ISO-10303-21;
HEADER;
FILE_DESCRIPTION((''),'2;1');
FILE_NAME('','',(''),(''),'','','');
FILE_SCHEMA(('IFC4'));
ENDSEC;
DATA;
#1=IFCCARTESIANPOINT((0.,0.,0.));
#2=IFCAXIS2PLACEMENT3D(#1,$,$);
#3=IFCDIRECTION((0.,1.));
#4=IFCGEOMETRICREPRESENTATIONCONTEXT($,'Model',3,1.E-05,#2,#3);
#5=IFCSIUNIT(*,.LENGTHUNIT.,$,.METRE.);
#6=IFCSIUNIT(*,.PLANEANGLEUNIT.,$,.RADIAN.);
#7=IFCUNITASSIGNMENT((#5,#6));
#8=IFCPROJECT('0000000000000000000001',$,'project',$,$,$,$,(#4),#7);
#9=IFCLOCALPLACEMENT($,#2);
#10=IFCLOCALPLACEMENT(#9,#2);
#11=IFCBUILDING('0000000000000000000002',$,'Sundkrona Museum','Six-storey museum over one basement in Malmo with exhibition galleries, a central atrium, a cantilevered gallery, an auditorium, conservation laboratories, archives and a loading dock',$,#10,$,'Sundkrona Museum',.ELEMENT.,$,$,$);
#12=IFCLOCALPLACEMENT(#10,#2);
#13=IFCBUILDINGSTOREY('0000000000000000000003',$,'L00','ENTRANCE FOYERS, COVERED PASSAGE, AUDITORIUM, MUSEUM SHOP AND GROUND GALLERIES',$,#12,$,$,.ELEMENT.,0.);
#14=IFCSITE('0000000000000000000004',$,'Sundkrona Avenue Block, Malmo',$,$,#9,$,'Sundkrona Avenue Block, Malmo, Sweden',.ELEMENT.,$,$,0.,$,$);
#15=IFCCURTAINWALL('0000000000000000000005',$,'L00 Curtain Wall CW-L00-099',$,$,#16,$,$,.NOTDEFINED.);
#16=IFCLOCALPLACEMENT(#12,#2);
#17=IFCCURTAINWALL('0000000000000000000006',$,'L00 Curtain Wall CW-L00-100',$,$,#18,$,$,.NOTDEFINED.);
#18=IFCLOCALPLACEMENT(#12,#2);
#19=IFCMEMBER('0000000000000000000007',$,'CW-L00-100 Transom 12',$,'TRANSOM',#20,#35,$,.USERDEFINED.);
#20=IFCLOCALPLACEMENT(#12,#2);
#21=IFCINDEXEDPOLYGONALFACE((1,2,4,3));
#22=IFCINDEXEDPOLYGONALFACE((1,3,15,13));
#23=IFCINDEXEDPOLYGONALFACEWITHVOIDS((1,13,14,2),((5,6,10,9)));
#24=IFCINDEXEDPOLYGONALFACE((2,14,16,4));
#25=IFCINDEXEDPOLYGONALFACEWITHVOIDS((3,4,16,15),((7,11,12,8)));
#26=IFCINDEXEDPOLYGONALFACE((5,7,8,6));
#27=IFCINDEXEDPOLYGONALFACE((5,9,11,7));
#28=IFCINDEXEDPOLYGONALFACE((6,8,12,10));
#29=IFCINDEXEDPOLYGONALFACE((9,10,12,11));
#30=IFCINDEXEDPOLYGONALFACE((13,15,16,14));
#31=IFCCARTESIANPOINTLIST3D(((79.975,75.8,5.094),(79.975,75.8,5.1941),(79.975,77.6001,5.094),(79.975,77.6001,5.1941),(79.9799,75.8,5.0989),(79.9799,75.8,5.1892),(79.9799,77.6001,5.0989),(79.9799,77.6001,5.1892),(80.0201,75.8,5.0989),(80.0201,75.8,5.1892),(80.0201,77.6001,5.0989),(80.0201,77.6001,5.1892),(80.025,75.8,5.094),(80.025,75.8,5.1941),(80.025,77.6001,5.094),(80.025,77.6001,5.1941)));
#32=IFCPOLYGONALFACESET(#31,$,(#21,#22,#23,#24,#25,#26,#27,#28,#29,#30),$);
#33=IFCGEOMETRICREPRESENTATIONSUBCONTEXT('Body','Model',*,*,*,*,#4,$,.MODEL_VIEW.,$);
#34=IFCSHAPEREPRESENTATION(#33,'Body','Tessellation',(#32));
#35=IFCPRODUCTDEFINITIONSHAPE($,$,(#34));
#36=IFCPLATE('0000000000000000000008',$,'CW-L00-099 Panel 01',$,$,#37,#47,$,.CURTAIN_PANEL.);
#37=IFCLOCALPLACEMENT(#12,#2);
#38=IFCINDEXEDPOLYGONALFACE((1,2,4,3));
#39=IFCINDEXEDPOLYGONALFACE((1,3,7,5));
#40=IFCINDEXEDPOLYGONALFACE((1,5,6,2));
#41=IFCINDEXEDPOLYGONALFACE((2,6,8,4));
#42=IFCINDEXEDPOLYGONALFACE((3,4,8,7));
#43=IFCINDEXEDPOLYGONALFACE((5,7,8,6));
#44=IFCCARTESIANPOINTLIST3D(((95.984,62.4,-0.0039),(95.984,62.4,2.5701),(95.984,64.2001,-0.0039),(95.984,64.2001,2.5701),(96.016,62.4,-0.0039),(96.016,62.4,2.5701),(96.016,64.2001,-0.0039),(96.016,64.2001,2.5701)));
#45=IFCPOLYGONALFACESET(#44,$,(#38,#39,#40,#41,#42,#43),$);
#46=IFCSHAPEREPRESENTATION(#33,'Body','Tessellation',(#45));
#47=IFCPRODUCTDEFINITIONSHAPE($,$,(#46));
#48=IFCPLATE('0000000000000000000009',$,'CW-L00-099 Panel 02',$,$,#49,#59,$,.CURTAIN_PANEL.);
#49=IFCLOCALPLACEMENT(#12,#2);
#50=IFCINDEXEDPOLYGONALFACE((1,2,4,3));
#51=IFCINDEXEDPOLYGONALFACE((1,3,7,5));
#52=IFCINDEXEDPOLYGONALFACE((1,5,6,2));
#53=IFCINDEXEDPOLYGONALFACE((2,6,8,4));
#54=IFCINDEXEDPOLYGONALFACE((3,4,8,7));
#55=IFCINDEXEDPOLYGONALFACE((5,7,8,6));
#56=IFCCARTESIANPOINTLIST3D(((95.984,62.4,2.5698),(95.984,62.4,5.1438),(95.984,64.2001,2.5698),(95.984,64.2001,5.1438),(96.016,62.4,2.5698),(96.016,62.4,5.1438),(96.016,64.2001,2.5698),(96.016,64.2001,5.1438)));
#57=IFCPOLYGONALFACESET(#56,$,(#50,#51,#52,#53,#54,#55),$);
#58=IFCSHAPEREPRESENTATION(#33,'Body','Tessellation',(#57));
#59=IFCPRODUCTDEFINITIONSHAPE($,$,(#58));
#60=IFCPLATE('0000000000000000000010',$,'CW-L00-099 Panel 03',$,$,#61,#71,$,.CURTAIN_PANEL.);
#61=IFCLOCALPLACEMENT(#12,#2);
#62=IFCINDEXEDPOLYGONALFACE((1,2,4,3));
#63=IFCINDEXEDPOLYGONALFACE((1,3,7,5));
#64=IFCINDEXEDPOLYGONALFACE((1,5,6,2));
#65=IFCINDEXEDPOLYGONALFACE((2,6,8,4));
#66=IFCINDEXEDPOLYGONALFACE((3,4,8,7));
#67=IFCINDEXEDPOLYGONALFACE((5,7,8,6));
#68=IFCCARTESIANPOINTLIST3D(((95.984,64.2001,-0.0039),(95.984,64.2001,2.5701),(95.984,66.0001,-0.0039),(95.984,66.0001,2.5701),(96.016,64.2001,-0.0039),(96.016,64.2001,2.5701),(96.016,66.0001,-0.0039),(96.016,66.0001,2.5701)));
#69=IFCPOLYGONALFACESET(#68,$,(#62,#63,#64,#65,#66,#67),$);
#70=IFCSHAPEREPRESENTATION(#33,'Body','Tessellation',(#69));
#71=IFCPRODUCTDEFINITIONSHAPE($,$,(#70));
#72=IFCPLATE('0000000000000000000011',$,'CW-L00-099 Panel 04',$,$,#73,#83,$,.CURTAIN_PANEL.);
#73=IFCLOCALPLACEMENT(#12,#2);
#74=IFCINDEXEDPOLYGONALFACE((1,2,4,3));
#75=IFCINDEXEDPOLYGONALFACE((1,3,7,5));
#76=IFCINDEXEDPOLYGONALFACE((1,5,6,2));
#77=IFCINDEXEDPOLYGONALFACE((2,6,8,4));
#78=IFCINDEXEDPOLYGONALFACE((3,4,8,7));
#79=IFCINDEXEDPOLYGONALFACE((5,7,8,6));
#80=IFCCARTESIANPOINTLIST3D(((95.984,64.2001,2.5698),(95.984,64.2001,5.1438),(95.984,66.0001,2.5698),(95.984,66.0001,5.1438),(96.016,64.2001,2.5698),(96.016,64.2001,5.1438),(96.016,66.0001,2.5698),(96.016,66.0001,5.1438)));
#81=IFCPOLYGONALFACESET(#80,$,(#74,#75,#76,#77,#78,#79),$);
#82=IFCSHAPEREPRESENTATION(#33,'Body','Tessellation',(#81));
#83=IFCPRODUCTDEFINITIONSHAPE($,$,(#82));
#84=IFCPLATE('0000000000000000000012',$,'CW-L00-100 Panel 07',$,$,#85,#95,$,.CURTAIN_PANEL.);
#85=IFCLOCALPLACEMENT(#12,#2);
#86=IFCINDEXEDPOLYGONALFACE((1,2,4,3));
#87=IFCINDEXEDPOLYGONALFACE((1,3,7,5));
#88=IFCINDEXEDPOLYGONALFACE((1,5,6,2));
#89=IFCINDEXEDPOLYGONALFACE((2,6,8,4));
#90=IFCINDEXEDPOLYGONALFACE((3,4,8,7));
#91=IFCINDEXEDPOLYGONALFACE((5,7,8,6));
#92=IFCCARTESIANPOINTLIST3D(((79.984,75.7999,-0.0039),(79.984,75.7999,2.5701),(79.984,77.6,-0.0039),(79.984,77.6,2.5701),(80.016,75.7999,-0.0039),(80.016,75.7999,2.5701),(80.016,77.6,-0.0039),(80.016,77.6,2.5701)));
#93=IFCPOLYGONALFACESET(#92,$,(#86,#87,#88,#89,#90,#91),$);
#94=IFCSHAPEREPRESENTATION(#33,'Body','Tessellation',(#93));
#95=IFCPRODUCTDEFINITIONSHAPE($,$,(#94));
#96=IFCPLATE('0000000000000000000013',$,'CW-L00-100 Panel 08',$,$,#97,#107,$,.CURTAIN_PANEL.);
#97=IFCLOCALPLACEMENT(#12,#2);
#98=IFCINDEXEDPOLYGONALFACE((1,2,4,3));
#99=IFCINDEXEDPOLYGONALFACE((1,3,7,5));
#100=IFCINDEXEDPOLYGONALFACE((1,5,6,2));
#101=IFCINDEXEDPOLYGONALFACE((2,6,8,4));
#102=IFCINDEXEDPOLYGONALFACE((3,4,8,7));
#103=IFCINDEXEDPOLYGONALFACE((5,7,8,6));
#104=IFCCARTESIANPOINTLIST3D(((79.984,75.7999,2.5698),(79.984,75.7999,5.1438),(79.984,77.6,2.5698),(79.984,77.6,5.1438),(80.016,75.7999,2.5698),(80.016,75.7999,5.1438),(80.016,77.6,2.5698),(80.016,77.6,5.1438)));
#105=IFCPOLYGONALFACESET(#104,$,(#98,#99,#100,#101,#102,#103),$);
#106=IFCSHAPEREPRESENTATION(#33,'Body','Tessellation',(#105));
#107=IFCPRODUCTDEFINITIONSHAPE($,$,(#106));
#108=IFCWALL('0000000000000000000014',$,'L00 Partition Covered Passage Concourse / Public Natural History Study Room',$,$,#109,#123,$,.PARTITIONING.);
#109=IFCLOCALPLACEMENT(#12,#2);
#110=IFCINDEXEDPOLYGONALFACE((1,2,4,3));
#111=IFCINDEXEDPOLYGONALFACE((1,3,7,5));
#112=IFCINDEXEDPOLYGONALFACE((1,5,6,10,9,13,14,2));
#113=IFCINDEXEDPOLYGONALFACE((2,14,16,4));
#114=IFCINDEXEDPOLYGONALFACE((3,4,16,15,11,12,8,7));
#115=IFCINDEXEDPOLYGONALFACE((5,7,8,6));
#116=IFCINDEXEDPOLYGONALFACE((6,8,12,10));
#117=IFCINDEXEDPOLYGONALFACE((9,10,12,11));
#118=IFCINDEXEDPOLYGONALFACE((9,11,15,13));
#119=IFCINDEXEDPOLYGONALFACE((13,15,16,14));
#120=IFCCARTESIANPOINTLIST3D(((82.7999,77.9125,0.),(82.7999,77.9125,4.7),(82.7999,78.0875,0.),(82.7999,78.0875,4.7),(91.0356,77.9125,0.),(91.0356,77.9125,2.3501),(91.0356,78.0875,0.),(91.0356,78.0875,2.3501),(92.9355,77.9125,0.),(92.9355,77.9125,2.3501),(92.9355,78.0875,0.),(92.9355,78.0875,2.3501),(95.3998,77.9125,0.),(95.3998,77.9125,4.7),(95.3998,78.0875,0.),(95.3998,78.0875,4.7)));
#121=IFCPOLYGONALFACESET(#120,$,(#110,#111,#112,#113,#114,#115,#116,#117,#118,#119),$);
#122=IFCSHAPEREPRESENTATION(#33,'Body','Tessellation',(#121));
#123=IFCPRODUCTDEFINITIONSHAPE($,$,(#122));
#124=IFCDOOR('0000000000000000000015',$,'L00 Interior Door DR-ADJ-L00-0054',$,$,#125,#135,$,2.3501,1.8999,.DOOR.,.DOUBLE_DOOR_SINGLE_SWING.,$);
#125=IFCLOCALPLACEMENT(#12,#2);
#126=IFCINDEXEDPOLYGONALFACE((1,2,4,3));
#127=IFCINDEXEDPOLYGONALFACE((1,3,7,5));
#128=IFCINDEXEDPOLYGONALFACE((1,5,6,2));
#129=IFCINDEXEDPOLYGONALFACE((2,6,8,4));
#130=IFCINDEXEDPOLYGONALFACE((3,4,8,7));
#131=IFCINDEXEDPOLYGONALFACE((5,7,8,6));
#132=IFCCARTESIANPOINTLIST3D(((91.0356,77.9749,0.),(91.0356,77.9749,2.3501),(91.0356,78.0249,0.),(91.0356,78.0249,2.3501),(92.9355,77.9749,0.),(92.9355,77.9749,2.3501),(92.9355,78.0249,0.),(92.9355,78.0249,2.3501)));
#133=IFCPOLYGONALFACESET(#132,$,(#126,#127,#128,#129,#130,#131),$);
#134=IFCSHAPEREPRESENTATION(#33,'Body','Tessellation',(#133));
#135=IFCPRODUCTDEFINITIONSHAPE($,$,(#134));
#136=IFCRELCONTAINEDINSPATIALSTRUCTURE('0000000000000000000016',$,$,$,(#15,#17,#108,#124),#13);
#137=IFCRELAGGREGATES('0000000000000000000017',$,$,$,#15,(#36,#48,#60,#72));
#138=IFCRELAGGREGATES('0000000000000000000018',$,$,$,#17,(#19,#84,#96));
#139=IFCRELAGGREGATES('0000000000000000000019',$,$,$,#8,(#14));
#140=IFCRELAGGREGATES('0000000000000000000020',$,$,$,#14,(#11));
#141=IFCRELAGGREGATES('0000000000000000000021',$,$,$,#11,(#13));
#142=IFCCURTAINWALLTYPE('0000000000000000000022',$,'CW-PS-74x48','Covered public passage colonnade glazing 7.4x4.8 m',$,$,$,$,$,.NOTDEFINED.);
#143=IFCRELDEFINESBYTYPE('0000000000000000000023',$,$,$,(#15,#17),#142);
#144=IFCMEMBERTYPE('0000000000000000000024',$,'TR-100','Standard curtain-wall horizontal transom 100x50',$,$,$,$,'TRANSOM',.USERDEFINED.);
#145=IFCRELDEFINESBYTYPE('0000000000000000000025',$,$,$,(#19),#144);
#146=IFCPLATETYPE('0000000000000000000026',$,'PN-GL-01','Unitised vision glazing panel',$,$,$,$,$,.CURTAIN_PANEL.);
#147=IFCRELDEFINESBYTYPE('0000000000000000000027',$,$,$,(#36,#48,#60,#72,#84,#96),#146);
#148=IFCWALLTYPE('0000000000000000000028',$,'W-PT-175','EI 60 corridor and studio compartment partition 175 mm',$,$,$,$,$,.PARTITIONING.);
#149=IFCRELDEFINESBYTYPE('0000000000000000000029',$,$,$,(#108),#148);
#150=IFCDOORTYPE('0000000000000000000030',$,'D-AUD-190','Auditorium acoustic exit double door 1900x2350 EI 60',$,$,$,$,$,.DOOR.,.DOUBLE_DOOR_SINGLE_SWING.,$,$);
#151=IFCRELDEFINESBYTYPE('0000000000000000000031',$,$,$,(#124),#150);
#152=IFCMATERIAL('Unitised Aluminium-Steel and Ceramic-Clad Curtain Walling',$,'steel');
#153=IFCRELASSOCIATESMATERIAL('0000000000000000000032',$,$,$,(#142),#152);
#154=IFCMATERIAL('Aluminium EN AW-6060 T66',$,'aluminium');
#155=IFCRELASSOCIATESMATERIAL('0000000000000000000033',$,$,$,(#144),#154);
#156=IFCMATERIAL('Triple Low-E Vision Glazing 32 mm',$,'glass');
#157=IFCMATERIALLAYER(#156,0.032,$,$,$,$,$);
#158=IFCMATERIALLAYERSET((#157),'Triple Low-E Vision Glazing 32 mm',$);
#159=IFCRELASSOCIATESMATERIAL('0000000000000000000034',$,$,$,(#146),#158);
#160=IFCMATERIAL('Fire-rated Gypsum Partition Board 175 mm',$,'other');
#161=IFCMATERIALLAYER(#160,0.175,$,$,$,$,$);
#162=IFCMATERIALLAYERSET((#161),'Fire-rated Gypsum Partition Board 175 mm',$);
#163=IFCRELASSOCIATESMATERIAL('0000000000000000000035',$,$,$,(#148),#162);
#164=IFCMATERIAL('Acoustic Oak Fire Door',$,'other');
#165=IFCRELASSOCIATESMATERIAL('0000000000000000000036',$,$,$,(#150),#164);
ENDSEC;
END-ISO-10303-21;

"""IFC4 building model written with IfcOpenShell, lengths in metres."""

from ifc_helpers import new_model, si_unit, direction, frame, frame_2d, origin, origin_2d, place, context, subcontext, project, spatial, rectangle, hollow_rectangle, extrude, material, layer, layer_set, material_profile, profile_set, type_object, element, fill, aggregate, save


model = new_model("IFC4")

# Units and contexts
model_context = context("Model", 3, precision=1e-05, world=origin(), true_north=direction((0.0, 1.0)))
body_context = subcontext(model_context, "Body", "Model", "MODEL_VIEW")
ifc_project = project(units=[si_unit("LENGTHUNIT", "METRE"), si_unit("PLANEANGLEUNIT", "RADIAN")], contexts=[model_context])

# Site, building, storey
site_placement = place(None, origin())
site = spatial("IfcSite", under=ifc_project, at=site_placement, Name="Sundkrona Avenue Block, Malmo", LongName="Sundkrona Avenue Block, Malmo, Sweden", CompositionType="ELEMENT", RefElevation=0.0)
building_placement = place(site_placement, origin())
building = spatial("IfcBuilding", under=site, at=building_placement, Name="Sundkrona Museum", Description="Six-storey museum over one basement in Malmo with exhibition galleries, a central atrium, a cantilevered gallery, an auditorium, conservation laboratories, archives and a loading dock", LongName="Sundkrona Museum", CompositionType="ELEMENT")
storey_placement = place(building_placement, origin())
storey = spatial("IfcBuildingStorey", under=building, at=storey_placement, Name="L00", Description="ENTRANCE FOYERS, COVERED PASSAGE, AUDITORIUM, MUSEUM SHOP AND GROUND GALLERIES", CompositionType="ELEMENT", Elevation=0.0)

# Curtain wall
ifc_material_1 = material(Name="Unitised Aluminium-Steel and Ceramic-Clad Curtain Walling", Category="steel")
curtain_wall_type = type_object("IfcCurtainWallType", Name="CW-PS-74x48", Description="Covered public passage colonnade glazing 7.4x4.8 m", PredefinedType="NOTDEFINED", material=ifc_material_1)
curtain_wall_1_placement = place(storey_placement, origin())
curtain_wall_1 = element("IfcCurtainWall", 1, at=curtain_wall_1_placement, inside=storey, type_object=curtain_wall_type, Name="L00 Curtain Wall CW-L00-099", PredefinedType="NOTDEFINED")
ifc_material_2 = material(Name="Aluminium EN AW-6060 T66", Category="aluminium")

# Curtain wall
curtain_wall_2_placement = place(storey_placement, origin())
curtain_wall_2 = element("IfcCurtainWall", 2, at=curtain_wall_2_placement, inside=storey, type_object=curtain_wall_type, Name="L00 Curtain Wall CW-L00-100", PredefinedType="NOTDEFINED")

# Member
ifc_material_profile_1 = material_profile(ifc_material_2, hollow_rectangle(XDim=0.05, YDim=0.1001, WallThickness=0.0049, at=origin_2d()), Name="RHS 100x50x5.0")
ifc_profile_set_1 = profile_set([ifc_material_profile_1], Name="Aluminium EN AW-6060 T66")
member_type_1 = type_object("IfcMemberType", Name="TR-100", Description="Standard curtain-wall horizontal transom 100x50", ElementType="TRANSOM", PredefinedType="USERDEFINED", material=ifc_profile_set_1)
member_1_placement = place(storey_placement, frame((80.0, 75.8, 5.144), z_axis=(0.0, 1.0, 0.0), x_axis=(-1.0, 0.0, 0.0)))
member_1 = element("IfcMember", 3, at=member_1_placement, type_object=member_type_1, Name="CW-L00-100 Transom 12", ObjectType="TRANSOM", PredefinedType="USERDEFINED", context=body_context, shape_type="SweptSolid", body=[
    extrude(hollow_rectangle(XDim=0.05, YDim=0.1001, WallThickness=0.0049, at=origin_2d()), origin(), (0.0, 0.0, 1.0), 1.8),
])

# Plates
ifc_material_3 = material(Name="Triple Low-E Vision Glazing 32 mm", Category="glass")
ifc_layer_1 = layer(ifc_material_3, 0.032)
ifc_layer_set_1 = layer_set([ifc_layer_1], Name="Triple Low-E Vision Glazing 32 mm")
plate_type = type_object("IfcPlateType", Name="PN-GL-01", Description="Unitised vision glazing panel", PredefinedType="CURTAIN_PANEL", material=ifc_layer_set_1)
plate_1_placement = place(storey_placement, frame((96.0, 63.3, -0.0039), z_axis=(0.0, 0.0, 1.0), x_axis=(0.0, 1.0, 0.0)))
plate_1 = element("IfcPlate", 4, at=plate_1_placement, type_object=plate_type, Name="CW-L00-099 Panel 01", PredefinedType="CURTAIN_PANEL", context=body_context, shape_type="SweptSolid", body=[
    extrude(rectangle(XDim=1.8, YDim=0.032, at=origin_2d()), origin(), (0.0, 0.0, 1.0), 2.574),
])
plate_2_placement = place(storey_placement, frame((96.0, 63.3, 2.5698), z_axis=(0.0, 0.0, 1.0), x_axis=(0.0, 1.0, 0.0)))
plate_2 = element("IfcPlate", 5, at=plate_2_placement, type_object=plate_type, Name="CW-L00-099 Panel 02", PredefinedType="CURTAIN_PANEL", context=body_context, shape_type="SweptSolid", body=[
    extrude(rectangle(XDim=1.8, YDim=0.032, at=origin_2d()), origin(), (0.0, 0.0, 1.0), 2.574),
])
plate_3_placement = place(storey_placement, frame((96.0, 65.1001, -0.0039), z_axis=(0.0, 0.0, 1.0), x_axis=(0.0, 1.0, 0.0)))
plate_3 = element("IfcPlate", 6, at=plate_3_placement, type_object=plate_type, Name="CW-L00-099 Panel 03", PredefinedType="CURTAIN_PANEL", context=body_context, shape_type="SweptSolid", body=[
    extrude(rectangle(XDim=1.8, YDim=0.032, at=origin_2d()), origin(), (0.0, 0.0, 1.0), 2.574),
])
plate_4_placement = place(storey_placement, frame((96.0, 65.1001, 2.5698), z_axis=(0.0, 0.0, 1.0), x_axis=(0.0, 1.0, 0.0)))
plate_4 = element("IfcPlate", 7, at=plate_4_placement, type_object=plate_type, Name="CW-L00-099 Panel 04", PredefinedType="CURTAIN_PANEL", context=body_context, shape_type="SweptSolid", body=[
    extrude(rectangle(XDim=1.8, YDim=0.032, at=origin_2d()), origin(), (0.0, 0.0, 1.0), 2.574),
])
aggregate(curtain_wall_1, [plate_1, plate_2, plate_3, plate_4])
plate_5_placement = place(storey_placement, frame((80.0, 76.7, -0.0039), z_axis=(0.0, 0.0, 1.0), x_axis=(0.0, 1.0, 0.0)))
plate_5 = element("IfcPlate", 8, at=plate_5_placement, type_object=plate_type, Name="CW-L00-100 Panel 07", PredefinedType="CURTAIN_PANEL", context=body_context, shape_type="SweptSolid", body=[
    extrude(rectangle(XDim=1.8, YDim=0.032, at=origin_2d()), origin(), (0.0, 0.0, 1.0), 2.574),
])
plate_6_placement = place(storey_placement, frame((80.0, 76.7, 2.5698), z_axis=(0.0, 0.0, 1.0), x_axis=(0.0, 1.0, 0.0)))
plate_6 = element("IfcPlate", 9, at=plate_6_placement, type_object=plate_type, Name="CW-L00-100 Panel 08", PredefinedType="CURTAIN_PANEL", context=body_context, shape_type="SweptSolid", body=[
    extrude(rectangle(XDim=1.8, YDim=0.032, at=origin_2d()), origin(), (0.0, 0.0, 1.0), 2.574),
])
aggregate(curtain_wall_2, [member_1, plate_5, plate_6])

# Wall, opening, door
ifc_material_4 = material(Name="Fire-rated Gypsum Partition Board 175 mm", Category="other")
ifc_layer_2 = layer(ifc_material_4, 0.175)
ifc_layer_set_2 = layer_set([ifc_layer_2], Name="Fire-rated Gypsum Partition Board 175 mm")
wall_type = type_object("IfcWallType", Name="W-PT-175", Description="EI 60 corridor and studio compartment partition 175 mm", PredefinedType="PARTITIONING", material=ifc_layer_set_2)
wall_placement = place(storey_placement, frame((82.8, 78.0, 0.0), z_axis=(0.0, 0.0, 1.0), x_axis=(1.0, 0.0, 0.0)))
wall = element("IfcWall", 10, at=wall_placement, inside=storey, type_object=wall_type, Name="L00 Partition Covered Passage Concourse / Public Natural History Study Room", PredefinedType="PARTITIONING", context=body_context, shape_type="SweptSolid", body=[
    extrude(rectangle(XDim=12.5999, YDim=0.175, at=frame_2d((6.2998, 0.0))), origin(), (0.0, 0.0, 1.0), 4.7),
])
opening_placement = place(wall_placement, frame((8.2356, 0.0, 0.0)))
opening = element("IfcOpeningElement", 11, at=opening_placement, cuts=wall, PredefinedType="OPENING", context=body_context, shape_type="SweptSolid", body=[
    extrude(rectangle(XDim=1.8999, YDim=2.3501, at=frame_2d((0.95, 1.175))), frame((0.0, 0.0974, 0.0), z_axis=(0.0, -1.0, 0.0), x_axis=(1.0, 0.0, 0.0)), (0.0, 0.0, 1.0), 0.1951),
])
ifc_material_5 = material(Name="Acoustic Oak Fire Door", Category="other")
door_type = type_object("IfcDoorType", Name="D-AUD-190", Description="Auditorium acoustic exit double door 1900x2350 EI 60", OperationType="DOUBLE_DOOR_SINGLE_SWING", PredefinedType="DOOR", material=ifc_material_5)
door_placement = place(opening_placement, origin())
door = element("IfcDoor", 12, at=door_placement, inside=storey, type_object=door_type, Name="L00 Interior Door DR-ADJ-L00-0054", OperationType="DOUBLE_DOOR_SINGLE_SWING", OverallHeight=2.3501, OverallWidth=1.8999, PredefinedType="DOOR", context=body_context, shape_type="SweptSolid", body=[
    extrude(rectangle(XDim=1.8999, YDim=2.3501, at=frame_2d((0.95, 1.175))), frame((0.0, 0.0249, 0.0), z_axis=(0.0, -1.0, 0.0), x_axis=(1.0, 0.0, 0.0)), (0.0, 0.0, 1.0), 0.05),
])
fill(opening, door)

save(model, "model.ifc")
